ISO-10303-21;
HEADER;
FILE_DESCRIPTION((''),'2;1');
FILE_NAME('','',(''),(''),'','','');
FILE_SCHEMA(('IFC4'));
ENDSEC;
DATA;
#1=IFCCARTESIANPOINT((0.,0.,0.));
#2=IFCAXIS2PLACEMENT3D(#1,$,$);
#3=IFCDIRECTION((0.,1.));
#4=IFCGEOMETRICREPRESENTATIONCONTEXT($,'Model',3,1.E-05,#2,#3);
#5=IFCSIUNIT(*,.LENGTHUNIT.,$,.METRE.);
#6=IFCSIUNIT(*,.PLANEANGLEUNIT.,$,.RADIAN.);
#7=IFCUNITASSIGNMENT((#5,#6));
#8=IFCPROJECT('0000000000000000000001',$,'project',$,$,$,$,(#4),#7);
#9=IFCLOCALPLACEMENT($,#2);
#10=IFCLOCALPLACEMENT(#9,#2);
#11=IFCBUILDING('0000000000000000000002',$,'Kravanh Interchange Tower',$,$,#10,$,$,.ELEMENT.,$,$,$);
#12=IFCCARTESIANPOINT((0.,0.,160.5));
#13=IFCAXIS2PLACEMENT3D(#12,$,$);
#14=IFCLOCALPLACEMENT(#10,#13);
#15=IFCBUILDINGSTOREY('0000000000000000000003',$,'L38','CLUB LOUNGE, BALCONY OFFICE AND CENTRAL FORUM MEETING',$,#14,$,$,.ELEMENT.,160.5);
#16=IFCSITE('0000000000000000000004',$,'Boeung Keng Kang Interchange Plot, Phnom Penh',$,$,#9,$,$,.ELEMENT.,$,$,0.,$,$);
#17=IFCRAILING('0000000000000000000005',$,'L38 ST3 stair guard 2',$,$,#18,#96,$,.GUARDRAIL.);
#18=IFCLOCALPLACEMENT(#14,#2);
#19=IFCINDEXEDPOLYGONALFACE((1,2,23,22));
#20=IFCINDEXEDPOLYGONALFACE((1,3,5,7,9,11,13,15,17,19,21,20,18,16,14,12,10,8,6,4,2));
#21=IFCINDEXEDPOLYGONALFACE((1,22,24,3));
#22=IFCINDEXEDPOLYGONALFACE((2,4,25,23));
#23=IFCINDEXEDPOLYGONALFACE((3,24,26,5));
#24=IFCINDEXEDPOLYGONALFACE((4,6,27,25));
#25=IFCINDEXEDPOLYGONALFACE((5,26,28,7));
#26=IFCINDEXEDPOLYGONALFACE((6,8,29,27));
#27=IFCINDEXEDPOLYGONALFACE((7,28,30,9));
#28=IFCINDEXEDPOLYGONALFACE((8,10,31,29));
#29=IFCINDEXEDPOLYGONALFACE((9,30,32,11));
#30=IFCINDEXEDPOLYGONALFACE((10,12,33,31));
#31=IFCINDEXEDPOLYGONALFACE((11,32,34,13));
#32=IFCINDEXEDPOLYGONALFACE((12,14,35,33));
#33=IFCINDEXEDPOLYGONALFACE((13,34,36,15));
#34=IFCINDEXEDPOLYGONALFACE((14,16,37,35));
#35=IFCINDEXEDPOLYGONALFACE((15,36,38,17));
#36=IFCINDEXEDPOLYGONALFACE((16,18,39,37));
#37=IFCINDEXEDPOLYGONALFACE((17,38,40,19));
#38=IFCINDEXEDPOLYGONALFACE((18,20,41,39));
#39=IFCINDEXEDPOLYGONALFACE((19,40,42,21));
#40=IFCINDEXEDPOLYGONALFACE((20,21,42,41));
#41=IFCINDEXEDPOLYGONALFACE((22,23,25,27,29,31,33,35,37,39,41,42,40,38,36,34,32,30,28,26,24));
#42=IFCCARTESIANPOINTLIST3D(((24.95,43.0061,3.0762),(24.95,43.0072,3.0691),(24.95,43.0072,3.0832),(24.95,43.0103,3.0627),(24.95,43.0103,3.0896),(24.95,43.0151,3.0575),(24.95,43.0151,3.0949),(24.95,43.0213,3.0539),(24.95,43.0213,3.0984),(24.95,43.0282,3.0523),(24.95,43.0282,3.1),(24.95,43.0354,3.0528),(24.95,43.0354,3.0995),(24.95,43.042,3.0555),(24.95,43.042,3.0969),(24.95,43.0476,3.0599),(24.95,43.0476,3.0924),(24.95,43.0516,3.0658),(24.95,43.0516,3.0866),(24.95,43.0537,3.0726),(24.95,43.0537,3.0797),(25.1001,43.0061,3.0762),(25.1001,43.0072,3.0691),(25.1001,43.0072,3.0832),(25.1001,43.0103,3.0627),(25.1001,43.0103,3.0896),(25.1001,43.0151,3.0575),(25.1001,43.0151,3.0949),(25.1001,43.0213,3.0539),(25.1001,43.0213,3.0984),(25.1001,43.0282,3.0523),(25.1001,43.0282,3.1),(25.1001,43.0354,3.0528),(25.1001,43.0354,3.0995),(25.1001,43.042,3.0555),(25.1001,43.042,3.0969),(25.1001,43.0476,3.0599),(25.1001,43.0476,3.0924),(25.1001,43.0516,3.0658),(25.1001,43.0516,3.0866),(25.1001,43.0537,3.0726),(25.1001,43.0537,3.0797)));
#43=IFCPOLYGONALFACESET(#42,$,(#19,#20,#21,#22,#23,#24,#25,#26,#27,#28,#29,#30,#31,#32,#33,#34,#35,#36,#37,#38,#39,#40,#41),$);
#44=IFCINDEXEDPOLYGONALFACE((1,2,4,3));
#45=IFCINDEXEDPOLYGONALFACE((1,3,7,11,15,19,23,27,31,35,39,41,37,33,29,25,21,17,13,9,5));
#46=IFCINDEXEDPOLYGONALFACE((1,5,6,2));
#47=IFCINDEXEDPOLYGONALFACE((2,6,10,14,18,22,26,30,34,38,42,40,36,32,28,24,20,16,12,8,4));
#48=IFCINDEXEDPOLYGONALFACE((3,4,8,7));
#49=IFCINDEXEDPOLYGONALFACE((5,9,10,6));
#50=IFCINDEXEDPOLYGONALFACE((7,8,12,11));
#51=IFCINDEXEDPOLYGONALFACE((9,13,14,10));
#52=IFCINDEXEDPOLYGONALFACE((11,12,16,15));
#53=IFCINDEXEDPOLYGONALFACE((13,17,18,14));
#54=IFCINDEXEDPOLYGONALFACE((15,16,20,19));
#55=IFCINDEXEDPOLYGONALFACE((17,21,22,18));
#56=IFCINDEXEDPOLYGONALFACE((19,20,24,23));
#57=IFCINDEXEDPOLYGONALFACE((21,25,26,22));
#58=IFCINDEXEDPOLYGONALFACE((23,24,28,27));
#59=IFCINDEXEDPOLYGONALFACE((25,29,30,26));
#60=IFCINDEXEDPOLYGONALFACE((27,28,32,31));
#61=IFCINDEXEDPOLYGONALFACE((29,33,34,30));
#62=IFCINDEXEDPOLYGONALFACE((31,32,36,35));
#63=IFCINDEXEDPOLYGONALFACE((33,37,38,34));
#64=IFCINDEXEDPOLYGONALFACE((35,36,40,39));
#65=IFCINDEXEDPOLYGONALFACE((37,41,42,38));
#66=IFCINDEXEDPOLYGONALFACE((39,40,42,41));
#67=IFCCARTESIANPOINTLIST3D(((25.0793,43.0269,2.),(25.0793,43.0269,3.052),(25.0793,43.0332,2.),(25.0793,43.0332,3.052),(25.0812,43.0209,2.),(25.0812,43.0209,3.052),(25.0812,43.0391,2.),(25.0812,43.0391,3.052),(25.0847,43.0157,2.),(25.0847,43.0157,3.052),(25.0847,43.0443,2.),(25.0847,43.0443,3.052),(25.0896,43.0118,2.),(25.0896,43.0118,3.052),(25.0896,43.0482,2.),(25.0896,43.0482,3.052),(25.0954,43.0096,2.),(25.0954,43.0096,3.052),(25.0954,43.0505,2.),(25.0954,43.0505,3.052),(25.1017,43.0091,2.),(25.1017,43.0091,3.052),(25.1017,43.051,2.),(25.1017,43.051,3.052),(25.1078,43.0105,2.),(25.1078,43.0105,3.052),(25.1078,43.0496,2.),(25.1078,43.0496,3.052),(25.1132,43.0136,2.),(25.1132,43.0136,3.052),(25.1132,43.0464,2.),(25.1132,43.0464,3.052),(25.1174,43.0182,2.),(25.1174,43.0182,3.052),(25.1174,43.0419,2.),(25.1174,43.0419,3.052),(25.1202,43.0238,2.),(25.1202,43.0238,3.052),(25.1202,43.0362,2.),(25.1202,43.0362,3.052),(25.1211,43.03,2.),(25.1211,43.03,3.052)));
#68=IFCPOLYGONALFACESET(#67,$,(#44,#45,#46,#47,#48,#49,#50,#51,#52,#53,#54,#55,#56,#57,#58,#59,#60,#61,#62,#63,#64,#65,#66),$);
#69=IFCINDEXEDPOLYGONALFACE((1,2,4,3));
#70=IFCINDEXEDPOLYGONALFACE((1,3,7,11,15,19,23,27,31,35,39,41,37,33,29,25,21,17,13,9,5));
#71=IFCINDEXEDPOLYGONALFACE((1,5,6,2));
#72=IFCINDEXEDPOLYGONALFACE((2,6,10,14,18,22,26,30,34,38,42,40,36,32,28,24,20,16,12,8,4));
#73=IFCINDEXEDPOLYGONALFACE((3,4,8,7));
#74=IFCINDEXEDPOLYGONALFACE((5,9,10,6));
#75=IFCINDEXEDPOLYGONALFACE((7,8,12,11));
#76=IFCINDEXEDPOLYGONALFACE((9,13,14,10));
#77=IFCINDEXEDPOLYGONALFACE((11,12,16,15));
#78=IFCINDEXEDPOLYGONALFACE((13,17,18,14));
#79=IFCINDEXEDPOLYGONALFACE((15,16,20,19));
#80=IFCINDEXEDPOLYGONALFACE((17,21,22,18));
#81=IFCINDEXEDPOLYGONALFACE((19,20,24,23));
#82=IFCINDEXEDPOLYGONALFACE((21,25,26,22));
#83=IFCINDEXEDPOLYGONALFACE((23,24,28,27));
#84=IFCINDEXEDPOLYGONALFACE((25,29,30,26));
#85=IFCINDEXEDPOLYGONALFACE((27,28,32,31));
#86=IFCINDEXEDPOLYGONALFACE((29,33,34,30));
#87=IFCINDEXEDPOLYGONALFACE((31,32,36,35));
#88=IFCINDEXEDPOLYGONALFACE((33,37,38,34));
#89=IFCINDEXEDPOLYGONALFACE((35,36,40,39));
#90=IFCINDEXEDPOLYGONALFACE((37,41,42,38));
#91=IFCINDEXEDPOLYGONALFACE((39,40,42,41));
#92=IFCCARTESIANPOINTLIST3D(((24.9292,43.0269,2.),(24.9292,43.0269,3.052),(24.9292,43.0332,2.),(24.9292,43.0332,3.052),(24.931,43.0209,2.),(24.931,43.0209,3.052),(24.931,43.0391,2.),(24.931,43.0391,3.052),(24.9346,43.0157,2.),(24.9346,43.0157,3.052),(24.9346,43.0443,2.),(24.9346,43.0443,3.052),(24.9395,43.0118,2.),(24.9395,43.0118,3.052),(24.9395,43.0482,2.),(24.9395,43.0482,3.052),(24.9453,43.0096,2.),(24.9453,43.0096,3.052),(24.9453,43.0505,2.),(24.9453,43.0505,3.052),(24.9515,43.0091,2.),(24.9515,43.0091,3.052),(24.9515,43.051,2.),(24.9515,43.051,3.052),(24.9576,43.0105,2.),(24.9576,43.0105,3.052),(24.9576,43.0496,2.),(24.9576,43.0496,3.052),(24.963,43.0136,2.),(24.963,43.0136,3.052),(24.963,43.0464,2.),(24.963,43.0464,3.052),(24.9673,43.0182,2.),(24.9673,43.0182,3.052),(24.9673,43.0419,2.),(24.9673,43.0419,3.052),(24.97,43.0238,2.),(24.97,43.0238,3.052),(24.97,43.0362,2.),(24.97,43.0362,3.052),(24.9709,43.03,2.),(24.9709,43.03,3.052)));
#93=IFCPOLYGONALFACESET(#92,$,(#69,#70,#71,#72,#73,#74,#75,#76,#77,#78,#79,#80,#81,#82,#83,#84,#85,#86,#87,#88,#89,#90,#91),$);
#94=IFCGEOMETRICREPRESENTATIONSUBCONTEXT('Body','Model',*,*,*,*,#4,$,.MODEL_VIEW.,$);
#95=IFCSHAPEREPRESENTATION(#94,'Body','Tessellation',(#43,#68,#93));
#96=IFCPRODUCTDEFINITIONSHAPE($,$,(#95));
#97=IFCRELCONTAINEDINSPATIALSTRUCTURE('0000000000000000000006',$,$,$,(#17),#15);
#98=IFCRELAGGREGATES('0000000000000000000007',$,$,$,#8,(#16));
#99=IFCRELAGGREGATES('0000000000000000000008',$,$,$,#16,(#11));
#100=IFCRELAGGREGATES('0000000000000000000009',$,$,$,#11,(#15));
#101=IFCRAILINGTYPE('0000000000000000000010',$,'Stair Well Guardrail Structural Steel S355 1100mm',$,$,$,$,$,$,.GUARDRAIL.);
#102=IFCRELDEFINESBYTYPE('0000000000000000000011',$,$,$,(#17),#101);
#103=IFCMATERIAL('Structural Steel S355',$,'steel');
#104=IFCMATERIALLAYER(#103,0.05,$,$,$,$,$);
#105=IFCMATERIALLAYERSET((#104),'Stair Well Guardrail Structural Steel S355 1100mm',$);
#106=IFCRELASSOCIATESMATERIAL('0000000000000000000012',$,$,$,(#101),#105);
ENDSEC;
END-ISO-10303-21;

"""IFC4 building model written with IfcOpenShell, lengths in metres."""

from ifc_helpers import new_model, si_unit, direction, frame, origin, origin_2d, place, context, subcontext, project, spatial, circle, extrude, material, layer, layer_set, type_object, element, save


model = new_model("IFC4")

# Units and contexts
model_context = context("Model", 3, precision=1e-05, world=origin(), true_north=direction((0.0, 1.0)))
body_context = subcontext(model_context, "Body", "Model", "MODEL_VIEW")
ifc_project = project(units=[si_unit("LENGTHUNIT", "METRE"), si_unit("PLANEANGLEUNIT", "RADIAN")], contexts=[model_context])

# Site, building, storey
site_placement = place(None, origin())
site = spatial("IfcSite", under=ifc_project, at=site_placement, Name="Boeung Keng Kang Interchange Plot, Phnom Penh", CompositionType="ELEMENT", RefElevation=0.0)
building_placement = place(site_placement, origin())
building = spatial("IfcBuilding", under=site, at=building_placement, Name="Kravanh Interchange Tower", CompositionType="ELEMENT")
storey_placement = place(building_placement, frame((0.0, 0.0, 160.5)))
storey = spatial("IfcBuildingStorey", under=building, at=storey_placement, Name="L38", Description="CLUB LOUNGE, BALCONY OFFICE AND CENTRAL FORUM MEETING", CompositionType="ELEMENT", Elevation=160.5)

# Railing
ifc_material_1 = material(Name="Structural Steel S355", Category="steel")
ifc_layer_1 = layer(ifc_material_1, 0.05)
ifc_layer_set_1 = layer_set([ifc_layer_1], Name="Stair Well Guardrail Structural Steel S355 1100mm")
railing_type_1 = type_object("IfcRailingType", Name="Stair Well Guardrail Structural Steel S355 1100mm", PredefinedType="GUARDRAIL", material=ifc_layer_set_1)
railing_1_placement = place(storey_placement, frame((25.1001, 43.03, 2.0)))
element("IfcRailing", 1, at=railing_1_placement, inside=storey, type_object=railing_type_1, Name="L38 ST3 stair guard 2", PredefinedType="GUARDRAIL", context=body_context, shape_type="SweptSolid", body=[
    extrude(circle(Radius=0.0239, at=origin_2d()), frame((0.0, 0.0, 1.0762), z_axis=(-1.0, 0.0, 0.0), x_axis=(0.0, -1.0, 0.0)), (0.0, 0.0, 1.0), 0.1501),
    extrude(circle(Radius=0.021, at=origin_2d()), origin(), (0.0, 0.0, 1.0), 1.052),
    extrude(circle(Radius=0.021, at=origin_2d()), frame((-0.1501, 0.0, 0.0)), (0.0, 0.0, 1.0), 1.052),
])

save(model, "model.ifc")
